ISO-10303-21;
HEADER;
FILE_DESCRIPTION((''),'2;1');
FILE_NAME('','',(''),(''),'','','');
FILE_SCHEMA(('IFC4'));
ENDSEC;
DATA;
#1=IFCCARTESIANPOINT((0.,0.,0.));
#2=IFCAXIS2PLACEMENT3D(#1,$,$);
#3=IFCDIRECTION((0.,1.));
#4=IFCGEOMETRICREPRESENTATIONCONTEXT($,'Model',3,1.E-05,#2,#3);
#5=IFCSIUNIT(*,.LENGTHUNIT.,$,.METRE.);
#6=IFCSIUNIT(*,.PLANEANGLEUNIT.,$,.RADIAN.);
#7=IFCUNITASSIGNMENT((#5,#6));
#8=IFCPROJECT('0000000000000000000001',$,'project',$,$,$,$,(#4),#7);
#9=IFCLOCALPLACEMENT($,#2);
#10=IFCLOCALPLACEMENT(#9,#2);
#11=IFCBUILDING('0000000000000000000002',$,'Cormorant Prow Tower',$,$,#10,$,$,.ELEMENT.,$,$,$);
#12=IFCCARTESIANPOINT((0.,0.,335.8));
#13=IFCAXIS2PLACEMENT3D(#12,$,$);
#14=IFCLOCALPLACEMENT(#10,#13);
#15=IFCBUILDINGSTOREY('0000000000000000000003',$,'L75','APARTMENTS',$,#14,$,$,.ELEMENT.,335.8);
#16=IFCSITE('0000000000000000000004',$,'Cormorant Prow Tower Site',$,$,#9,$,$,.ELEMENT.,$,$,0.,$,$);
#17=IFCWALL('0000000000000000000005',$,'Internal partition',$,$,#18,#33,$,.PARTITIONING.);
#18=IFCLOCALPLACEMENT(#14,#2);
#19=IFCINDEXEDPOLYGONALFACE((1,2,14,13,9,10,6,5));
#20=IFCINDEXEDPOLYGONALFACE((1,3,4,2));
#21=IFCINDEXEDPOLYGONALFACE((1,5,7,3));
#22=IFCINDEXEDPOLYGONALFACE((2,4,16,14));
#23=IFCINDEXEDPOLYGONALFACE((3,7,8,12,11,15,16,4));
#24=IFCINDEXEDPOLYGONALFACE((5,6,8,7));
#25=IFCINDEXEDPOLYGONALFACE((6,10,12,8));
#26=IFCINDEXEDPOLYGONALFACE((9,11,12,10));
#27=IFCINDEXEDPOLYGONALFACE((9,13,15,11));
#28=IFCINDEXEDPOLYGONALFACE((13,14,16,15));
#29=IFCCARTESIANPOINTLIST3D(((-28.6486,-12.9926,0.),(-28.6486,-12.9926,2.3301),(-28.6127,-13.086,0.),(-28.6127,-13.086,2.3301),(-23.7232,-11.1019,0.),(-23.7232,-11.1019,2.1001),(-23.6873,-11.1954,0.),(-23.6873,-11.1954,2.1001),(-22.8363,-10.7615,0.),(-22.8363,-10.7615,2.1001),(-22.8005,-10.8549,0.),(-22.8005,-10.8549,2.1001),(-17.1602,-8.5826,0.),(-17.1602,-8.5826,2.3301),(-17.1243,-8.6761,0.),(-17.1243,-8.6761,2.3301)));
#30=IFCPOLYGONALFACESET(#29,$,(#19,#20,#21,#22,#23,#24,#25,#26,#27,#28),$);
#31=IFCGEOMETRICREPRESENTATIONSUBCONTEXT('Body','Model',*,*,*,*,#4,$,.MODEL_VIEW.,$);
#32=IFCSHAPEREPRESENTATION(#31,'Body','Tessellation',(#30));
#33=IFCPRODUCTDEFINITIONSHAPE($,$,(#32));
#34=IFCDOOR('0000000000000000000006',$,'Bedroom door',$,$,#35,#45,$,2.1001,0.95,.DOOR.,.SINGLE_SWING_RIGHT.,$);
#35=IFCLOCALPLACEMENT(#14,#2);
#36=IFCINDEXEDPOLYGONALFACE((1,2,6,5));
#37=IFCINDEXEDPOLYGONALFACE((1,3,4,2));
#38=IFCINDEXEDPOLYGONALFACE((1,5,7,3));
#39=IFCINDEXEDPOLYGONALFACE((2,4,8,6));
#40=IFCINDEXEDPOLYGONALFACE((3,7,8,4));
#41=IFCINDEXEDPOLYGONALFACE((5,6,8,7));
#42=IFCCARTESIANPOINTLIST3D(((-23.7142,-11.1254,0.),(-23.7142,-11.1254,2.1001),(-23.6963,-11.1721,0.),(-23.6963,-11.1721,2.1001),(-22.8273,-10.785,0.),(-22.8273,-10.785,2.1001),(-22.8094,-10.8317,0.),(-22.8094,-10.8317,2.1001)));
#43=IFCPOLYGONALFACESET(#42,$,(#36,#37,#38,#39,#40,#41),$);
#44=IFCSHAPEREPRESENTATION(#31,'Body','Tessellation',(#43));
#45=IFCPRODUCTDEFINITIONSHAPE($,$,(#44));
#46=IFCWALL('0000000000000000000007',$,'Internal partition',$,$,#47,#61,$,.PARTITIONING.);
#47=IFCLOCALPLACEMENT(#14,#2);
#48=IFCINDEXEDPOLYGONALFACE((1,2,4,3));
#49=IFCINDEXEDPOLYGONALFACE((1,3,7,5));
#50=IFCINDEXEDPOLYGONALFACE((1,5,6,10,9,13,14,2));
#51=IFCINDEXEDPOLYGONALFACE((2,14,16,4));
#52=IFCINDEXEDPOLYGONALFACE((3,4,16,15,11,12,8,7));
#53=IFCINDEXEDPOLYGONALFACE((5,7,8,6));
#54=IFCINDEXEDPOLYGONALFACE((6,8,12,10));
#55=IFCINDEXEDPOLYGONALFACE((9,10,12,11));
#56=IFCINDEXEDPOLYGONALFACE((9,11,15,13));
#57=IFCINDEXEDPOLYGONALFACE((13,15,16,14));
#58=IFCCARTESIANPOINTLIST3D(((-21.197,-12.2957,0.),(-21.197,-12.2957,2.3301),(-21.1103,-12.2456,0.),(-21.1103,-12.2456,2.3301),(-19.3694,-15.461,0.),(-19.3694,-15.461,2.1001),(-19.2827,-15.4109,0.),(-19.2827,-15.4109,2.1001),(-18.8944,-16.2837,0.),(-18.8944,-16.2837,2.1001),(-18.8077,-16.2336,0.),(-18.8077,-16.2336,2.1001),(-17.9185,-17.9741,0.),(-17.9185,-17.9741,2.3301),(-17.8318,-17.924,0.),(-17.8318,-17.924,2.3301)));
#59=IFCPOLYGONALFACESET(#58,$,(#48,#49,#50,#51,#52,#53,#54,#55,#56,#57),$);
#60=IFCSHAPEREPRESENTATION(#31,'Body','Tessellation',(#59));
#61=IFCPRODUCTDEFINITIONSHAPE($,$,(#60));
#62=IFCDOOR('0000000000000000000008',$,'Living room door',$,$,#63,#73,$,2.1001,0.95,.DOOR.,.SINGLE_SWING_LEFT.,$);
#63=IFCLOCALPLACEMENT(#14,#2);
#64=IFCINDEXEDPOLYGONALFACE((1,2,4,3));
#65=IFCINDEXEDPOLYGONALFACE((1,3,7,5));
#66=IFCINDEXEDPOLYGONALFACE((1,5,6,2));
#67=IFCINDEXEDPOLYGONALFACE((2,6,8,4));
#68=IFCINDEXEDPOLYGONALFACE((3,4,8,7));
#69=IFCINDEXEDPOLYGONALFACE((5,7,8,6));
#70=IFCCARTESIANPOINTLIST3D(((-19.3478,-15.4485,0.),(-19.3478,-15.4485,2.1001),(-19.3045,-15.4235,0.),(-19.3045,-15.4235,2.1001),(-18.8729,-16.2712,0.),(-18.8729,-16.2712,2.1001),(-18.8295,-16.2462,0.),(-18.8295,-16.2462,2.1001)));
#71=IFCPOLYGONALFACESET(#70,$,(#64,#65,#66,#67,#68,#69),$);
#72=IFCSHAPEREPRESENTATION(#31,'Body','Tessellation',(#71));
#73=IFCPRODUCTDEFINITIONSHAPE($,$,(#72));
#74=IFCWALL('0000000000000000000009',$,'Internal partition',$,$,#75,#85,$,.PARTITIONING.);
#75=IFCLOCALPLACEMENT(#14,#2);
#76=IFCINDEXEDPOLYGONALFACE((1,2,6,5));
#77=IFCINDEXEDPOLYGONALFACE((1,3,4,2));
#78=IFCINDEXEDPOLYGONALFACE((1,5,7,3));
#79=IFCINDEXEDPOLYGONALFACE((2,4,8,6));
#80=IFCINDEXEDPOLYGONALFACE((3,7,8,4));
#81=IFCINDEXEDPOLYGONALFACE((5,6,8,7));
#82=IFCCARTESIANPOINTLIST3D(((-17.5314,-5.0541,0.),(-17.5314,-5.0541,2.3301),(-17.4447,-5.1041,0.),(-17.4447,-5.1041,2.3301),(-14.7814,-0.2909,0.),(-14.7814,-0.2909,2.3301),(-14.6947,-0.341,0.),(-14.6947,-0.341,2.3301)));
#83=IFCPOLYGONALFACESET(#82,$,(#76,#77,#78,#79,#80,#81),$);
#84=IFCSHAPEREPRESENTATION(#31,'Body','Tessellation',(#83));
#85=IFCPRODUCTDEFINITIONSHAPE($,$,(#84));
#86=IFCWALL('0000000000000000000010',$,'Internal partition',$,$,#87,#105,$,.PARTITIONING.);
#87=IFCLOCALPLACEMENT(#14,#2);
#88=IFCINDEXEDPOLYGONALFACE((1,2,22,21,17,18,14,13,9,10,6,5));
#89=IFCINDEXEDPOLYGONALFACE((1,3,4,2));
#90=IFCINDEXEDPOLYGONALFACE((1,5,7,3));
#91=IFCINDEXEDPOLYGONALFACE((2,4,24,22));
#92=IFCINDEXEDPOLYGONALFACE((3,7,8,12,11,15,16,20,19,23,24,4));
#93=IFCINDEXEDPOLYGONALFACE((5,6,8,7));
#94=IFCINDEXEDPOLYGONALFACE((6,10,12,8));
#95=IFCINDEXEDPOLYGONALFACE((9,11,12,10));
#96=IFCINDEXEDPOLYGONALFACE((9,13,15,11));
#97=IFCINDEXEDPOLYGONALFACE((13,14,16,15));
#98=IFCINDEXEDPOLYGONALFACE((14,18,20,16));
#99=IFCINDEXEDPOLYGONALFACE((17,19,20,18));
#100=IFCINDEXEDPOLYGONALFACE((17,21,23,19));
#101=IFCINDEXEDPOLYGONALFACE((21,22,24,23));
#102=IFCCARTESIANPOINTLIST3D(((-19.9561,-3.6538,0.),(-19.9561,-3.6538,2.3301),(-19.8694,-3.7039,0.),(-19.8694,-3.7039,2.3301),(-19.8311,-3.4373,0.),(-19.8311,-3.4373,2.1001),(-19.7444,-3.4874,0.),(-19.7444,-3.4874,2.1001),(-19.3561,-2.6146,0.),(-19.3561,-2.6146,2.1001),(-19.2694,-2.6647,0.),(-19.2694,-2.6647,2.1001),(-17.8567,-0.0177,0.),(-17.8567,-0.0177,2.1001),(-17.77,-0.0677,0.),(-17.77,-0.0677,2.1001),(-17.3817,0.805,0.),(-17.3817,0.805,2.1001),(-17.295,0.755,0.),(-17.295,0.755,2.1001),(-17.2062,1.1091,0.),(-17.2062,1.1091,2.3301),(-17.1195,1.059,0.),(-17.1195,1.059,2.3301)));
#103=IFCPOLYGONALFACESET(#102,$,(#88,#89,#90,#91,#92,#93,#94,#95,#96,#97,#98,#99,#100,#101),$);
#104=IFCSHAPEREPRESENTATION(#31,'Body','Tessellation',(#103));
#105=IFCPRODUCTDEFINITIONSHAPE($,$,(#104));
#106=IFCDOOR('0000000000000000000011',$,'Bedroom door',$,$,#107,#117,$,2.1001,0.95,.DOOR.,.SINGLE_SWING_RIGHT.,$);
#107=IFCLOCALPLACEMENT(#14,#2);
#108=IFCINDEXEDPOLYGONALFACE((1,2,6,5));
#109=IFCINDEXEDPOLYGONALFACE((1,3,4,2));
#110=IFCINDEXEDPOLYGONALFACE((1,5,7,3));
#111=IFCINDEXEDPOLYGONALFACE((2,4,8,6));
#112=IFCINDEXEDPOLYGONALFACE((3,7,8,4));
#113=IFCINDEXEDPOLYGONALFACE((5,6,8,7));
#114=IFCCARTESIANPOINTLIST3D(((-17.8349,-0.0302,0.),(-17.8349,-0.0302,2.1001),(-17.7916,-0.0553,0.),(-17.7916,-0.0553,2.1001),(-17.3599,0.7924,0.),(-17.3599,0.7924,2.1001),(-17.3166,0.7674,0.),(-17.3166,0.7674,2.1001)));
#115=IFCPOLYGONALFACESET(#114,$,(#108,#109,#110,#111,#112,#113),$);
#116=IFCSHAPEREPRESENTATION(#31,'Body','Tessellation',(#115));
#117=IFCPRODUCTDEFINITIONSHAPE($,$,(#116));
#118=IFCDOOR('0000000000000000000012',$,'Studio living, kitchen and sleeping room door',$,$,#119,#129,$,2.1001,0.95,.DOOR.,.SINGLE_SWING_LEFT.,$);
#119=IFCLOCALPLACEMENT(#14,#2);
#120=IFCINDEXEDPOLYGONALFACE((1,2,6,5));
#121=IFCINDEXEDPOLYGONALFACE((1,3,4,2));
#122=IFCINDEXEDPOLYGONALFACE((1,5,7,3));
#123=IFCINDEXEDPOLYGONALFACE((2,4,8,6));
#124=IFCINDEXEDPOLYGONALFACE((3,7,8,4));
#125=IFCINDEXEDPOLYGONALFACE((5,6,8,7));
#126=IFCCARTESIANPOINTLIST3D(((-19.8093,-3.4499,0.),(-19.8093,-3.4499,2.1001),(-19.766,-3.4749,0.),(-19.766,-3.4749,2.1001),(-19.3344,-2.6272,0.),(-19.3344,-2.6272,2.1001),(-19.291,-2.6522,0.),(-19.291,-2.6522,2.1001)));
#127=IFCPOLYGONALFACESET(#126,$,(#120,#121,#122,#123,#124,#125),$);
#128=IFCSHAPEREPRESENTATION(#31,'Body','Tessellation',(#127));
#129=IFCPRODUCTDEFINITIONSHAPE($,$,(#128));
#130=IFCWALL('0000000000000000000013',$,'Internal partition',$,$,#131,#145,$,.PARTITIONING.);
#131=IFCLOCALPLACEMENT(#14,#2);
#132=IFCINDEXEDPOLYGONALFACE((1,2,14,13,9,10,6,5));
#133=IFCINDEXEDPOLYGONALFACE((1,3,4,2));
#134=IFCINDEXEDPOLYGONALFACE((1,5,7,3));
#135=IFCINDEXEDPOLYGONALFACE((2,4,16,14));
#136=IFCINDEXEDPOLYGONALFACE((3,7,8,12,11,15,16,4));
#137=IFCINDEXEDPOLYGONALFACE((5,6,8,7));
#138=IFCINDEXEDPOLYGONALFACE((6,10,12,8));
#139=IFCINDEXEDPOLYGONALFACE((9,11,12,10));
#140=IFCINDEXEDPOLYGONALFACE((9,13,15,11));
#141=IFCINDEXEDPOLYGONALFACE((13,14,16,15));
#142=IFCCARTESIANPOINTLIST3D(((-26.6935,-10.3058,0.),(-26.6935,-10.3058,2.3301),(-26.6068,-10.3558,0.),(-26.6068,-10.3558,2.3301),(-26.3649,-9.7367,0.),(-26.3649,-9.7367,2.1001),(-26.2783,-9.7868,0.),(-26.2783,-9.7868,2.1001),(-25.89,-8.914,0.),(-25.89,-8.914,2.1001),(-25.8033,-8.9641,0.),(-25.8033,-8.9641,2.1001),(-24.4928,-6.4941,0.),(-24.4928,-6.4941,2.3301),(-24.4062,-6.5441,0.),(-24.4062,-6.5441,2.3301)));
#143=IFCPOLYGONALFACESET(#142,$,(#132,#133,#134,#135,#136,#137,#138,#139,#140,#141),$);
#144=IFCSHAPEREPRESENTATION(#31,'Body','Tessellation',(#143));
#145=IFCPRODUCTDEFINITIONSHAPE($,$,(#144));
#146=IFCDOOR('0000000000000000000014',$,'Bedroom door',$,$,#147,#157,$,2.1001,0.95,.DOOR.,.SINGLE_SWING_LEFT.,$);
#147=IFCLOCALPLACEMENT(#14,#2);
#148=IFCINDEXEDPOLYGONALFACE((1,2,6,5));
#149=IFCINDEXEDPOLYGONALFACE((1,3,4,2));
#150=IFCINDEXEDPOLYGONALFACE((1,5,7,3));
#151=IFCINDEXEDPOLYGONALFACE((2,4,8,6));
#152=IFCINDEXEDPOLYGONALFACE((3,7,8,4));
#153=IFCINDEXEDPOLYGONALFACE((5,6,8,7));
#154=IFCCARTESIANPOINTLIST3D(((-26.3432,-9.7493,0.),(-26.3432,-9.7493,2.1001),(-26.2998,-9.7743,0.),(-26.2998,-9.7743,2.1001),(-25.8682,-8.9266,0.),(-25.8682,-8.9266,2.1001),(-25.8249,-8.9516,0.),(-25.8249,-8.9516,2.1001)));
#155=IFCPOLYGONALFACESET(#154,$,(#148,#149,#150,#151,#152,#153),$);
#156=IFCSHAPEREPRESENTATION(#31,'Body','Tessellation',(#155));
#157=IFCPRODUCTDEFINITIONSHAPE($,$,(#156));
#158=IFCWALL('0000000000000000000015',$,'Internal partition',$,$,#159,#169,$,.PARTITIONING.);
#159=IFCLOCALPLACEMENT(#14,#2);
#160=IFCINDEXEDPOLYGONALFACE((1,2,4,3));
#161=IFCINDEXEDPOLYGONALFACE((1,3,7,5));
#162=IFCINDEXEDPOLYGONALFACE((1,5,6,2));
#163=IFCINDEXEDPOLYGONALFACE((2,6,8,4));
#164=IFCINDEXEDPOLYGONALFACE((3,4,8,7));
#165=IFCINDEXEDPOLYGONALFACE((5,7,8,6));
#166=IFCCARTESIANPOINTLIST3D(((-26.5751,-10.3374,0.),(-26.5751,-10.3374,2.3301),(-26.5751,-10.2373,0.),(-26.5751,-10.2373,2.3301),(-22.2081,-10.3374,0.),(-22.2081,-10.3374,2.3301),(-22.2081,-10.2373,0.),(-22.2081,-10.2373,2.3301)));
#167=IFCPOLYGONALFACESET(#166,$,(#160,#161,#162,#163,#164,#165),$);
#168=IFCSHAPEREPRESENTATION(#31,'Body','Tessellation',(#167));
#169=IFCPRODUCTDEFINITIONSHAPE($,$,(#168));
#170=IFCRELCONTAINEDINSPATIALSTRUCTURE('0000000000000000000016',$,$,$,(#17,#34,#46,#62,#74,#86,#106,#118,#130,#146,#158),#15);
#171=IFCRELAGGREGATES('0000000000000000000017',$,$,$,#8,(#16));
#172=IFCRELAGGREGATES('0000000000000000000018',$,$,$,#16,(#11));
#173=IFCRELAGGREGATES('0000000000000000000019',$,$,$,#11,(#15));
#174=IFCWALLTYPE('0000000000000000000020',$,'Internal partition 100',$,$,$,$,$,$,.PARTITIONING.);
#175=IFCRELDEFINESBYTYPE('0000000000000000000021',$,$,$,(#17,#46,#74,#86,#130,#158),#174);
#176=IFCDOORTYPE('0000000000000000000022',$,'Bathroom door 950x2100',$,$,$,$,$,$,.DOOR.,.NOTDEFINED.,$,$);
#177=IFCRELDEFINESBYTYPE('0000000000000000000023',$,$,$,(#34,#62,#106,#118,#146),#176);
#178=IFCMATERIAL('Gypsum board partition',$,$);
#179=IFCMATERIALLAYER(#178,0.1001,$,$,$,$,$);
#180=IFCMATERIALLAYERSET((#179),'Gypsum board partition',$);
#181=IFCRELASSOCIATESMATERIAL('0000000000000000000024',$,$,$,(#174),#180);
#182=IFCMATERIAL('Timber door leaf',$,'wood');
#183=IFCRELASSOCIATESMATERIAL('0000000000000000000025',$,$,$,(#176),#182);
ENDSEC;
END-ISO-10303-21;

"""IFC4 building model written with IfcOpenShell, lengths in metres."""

from ifc_helpers import new_model, si_unit, direction, frame, frame_2d, origin, place, context, subcontext, project, spatial, rectangle, extrude, material, layer, layer_set, type_object, element, fill, save


model = new_model("IFC4")

# Units and contexts
model_context = context("Model", 3, precision=1e-05, world=origin(), true_north=direction((0.0, 1.0)))
body_context = subcontext(model_context, "Body", "Model", "MODEL_VIEW")
ifc_project = project(units=[si_unit("LENGTHUNIT", "METRE"), si_unit("PLANEANGLEUNIT", "RADIAN")], contexts=[model_context])

# Site, building, storey
site_placement = place(None, origin())
site = spatial("IfcSite", under=ifc_project, at=site_placement, Name="Cormorant Prow Tower Site", CompositionType="ELEMENT", RefElevation=0.0)
building_placement = place(site_placement, origin())
building = spatial("IfcBuilding", under=site, at=building_placement, Name="Cormorant Prow Tower", CompositionType="ELEMENT")
storey_placement = place(building_placement, frame((0.0, 0.0, 335.8)))
storey = spatial("IfcBuildingStorey", under=building, at=storey_placement, Name="L75", Description="APARTMENTS", CompositionType="ELEMENT", Elevation=335.8)

# Walls, openings, doors
ifc_material_1 = material(Name="Gypsum board partition")
ifc_layer_1 = layer(ifc_material_1, 0.1001)
ifc_layer_set_1 = layer_set([ifc_layer_1], Name="Gypsum board partition")
wall_type_1 = type_object("IfcWallType", Name="Internal partition 100", PredefinedType="PARTITIONING", material=ifc_layer_set_1)
wall_1_placement = place(storey_placement, frame((-28.6306, -13.0393, 0.0), z_axis=(0.0, 0.0, 1.0), x_axis=(0.933581, 0.358366, 0.0)))
wall_1 = element("IfcWall", 1, at=wall_1_placement, inside=storey, type_object=wall_type_1, Name="Internal partition", PredefinedType="PARTITIONING", context=body_context, shape_type="SweptSolid", body=[
    extrude(rectangle(XDim=12.3057, YDim=0.1001, at=frame_2d((6.1528, 0.0))), origin(), (0.0, 0.0, 1.0), 2.3301),
])
opening_1_placement = place(wall_1_placement, frame((5.2756, 0.0, 0.0)))
opening_1 = element("IfcOpeningElement", 2, at=opening_1_placement, cuts=wall_1, PredefinedType="OPENING", context=body_context, shape_type="SweptSolid", body=[
    extrude(rectangle(XDim=0.95, YDim=2.1001, at=frame_2d((0.4751, 1.05))), frame((0.0, 0.0601, 0.0), z_axis=(0.0, -1.0, 0.0), x_axis=(1.0, 0.0, 0.0)), (0.0, 0.0, 1.0), 0.1201),
])
ifc_material_2 = material(Name="Timber door leaf", Category="wood")
door_type_1 = type_object("IfcDoorType", Name="Bathroom door 950x2100", OperationType="NOTDEFINED", PredefinedType="DOOR", material=ifc_material_2)
door_1_placement = place(opening_1_placement, origin())
door_1 = element("IfcDoor", 3, at=door_1_placement, inside=storey, type_object=door_type_1, Name="Bedroom door", OperationType="SINGLE_SWING_RIGHT", OverallHeight=2.1001, OverallWidth=0.95, PredefinedType="DOOR", context=body_context, shape_type="SweptSolid", body=[
    extrude(rectangle(XDim=0.95, YDim=2.1001, at=frame_2d((0.4751, 1.05))), frame((0.0, 0.0249, 0.0), z_axis=(0.0, -1.0, 0.0), x_axis=(1.0, 0.0, 0.0)), (0.0, 0.0, 1.0), 0.05),
])
fill(opening_1, door_1)
wall_2_placement = place(storey_placement, frame((-21.1536, -12.2708, 0.0), z_axis=(0.0, 0.0, 1.0), x_axis=(0.500011, -0.866019, 0.0)))
wall_2 = element("IfcWall", 4, at=wall_2_placement, inside=storey, type_object=wall_type_1, Name="Internal partition", PredefinedType="PARTITIONING", context=body_context, shape_type="SweptSolid", body=[
    extrude(rectangle(XDim=6.5569, YDim=0.1001, at=frame_2d((3.2783, 0.0))), origin(), (0.0, 0.0, 1.0), 2.3301),
])
opening_2_placement = place(wall_2_placement, frame((3.6548, 0.0, 0.0)))
opening_2 = element("IfcOpeningElement", 5, at=opening_2_placement, cuts=wall_2, PredefinedType="OPENING", context=body_context, shape_type="SweptSolid", body=[
    extrude(rectangle(XDim=0.95, YDim=2.1001, at=frame_2d((0.4751, 1.05))), frame((0.0, 0.0601, 0.0), z_axis=(0.0, -1.0, 0.0), x_axis=(1.0, 0.0, 0.0)), (0.0, 0.0, 1.0), 0.1201),
])
door_2_placement = place(opening_2_placement, origin())
door_2 = element("IfcDoor", 6, at=door_2_placement, inside=storey, type_object=door_type_1, Name="Living room door", OperationType="SINGLE_SWING_LEFT", OverallHeight=2.1001, OverallWidth=0.95, PredefinedType="DOOR", context=body_context, shape_type="SweptSolid", body=[
    extrude(rectangle(XDim=0.95, YDim=2.1001, at=frame_2d((0.4751, 1.05))), frame((0.0, 0.0249, 0.0), z_axis=(0.0, -1.0, 0.0), x_axis=(1.0, 0.0, 0.0)), (0.0, 0.0, 1.0), 0.05),
])
fill(opening_2, door_2)

# Wall
wall_3_placement = place(storey_placement, frame((-17.488, -5.0791, 0.0), z_axis=(0.0, 0.0, 1.0), x_axis=(0.499997, 0.866027, 0.0)))
element("IfcWall", 7, at=wall_3_placement, inside=storey, type_object=wall_type_1, Name="Internal partition", PredefinedType="PARTITIONING", context=body_context, shape_type="SweptSolid", body=[
    extrude(rectangle(XDim=5.5, YDim=0.1001, at=frame_2d((2.75, 0.0))), origin(), (0.0, 0.0, 1.0), 2.3301),
])

# Wall, openings, doors
wall_4_placement = place(storey_placement, frame((-19.9128, -3.679, 0.0), z_axis=(0.0, 0.0, 1.0), x_axis=(0.500016, 0.866016, 0.0)))
wall_4 = element("IfcWall", 8, at=wall_4_placement, inside=storey, type_object=wall_type_1, Name="Internal partition", PredefinedType="PARTITIONING", context=body_context, shape_type="SweptSolid", body=[
    extrude(rectangle(XDim=5.4998, YDim=0.1001, at=frame_2d((2.75, 0.0))), origin(), (0.0, 0.0, 1.0), 2.3301),
])
opening_3_placement = place(wall_4_placement, frame((4.1987, 0.0, 0.0)))
opening_3 = element("IfcOpeningElement", 9, at=opening_3_placement, cuts=wall_4, PredefinedType="OPENING", context=body_context, shape_type="SweptSolid", body=[
    extrude(rectangle(XDim=0.95, YDim=2.1001, at=frame_2d((0.4751, 1.05))), frame((0.0, 0.0601, 0.0), z_axis=(0.0, -1.0, 0.0), x_axis=(1.0, 0.0, 0.0)), (0.0, 0.0, 1.0), 0.1201),
])
opening_4_placement = place(wall_4_placement, frame((0.25, 0.0, 0.0)))
opening_4 = element("IfcOpeningElement", 10, at=opening_4_placement, cuts=wall_4, PredefinedType="OPENING", context=body_context, shape_type="SweptSolid", body=[
    extrude(rectangle(XDim=0.95, YDim=2.1001, at=frame_2d((0.4751, 1.05))), frame((0.0, 0.0601, 0.0), z_axis=(0.0, -1.0, 0.0), x_axis=(1.0, 0.0, 0.0)), (0.0, 0.0, 1.0), 0.1201),
])
door_3_placement = place(opening_3_placement, origin())
door_3 = element("IfcDoor", 11, at=door_3_placement, inside=storey, type_object=door_type_1, Name="Bedroom door", OperationType="SINGLE_SWING_RIGHT", OverallHeight=2.1001, OverallWidth=0.95, PredefinedType="DOOR", context=body_context, shape_type="SweptSolid", body=[
    extrude(rectangle(XDim=0.95, YDim=2.1001, at=frame_2d((0.4751, 1.05))), frame((0.0, 0.0249, 0.0), z_axis=(0.0, -1.0, 0.0), x_axis=(1.0, 0.0, 0.0)), (0.0, 0.0, 1.0), 0.05),
])
fill(opening_3, door_3)
door_4_placement = place(opening_4_placement, origin())
door_4 = element("IfcDoor", 12, at=door_4_placement, inside=storey, type_object=door_type_1, Name="Studio living, kitchen and sleeping room door", OperationType="SINGLE_SWING_LEFT", OverallHeight=2.1001, OverallWidth=0.95, PredefinedType="DOOR", context=body_context, shape_type="SweptSolid", body=[
    extrude(rectangle(XDim=0.95, YDim=2.1001, at=frame_2d((0.4751, 1.05))), frame((0.0, 0.0249, 0.0), z_axis=(0.0, -1.0, 0.0), x_axis=(1.0, 0.0, 0.0)), (0.0, 0.0, 1.0), 0.05),
])
fill(opening_4, door_4)

# Wall, opening, door
wall_5_placement = place(storey_placement, frame((-26.6501, -10.3308, 0.0), z_axis=(0.0, 0.0, 1.0), x_axis=(0.499993, 0.866029, 0.0)))
wall_5 = element("IfcWall", 13, at=wall_5_placement, inside=storey, type_object=wall_type_1, Name="Internal partition", PredefinedType="PARTITIONING", context=body_context, shape_type="SweptSolid", body=[
    extrude(rectangle(XDim=4.4014, YDim=0.1001, at=frame_2d((2.2007, 0.0))), origin(), (0.0, 0.0, 1.0), 2.3301),
])
opening_5_placement = place(wall_5_placement, frame((0.657, 0.0, 0.0)))
opening_5 = element("IfcOpeningElement", 14, at=opening_5_placement, cuts=wall_5, PredefinedType="OPENING", context=body_context, shape_type="SweptSolid", body=[
    extrude(rectangle(XDim=0.95, YDim=2.1001, at=frame_2d((0.4751, 1.05))), frame((0.0, 0.0601, 0.0), z_axis=(0.0, -1.0, 0.0), x_axis=(1.0, 0.0, 0.0)), (0.0, 0.0, 1.0), 0.1201),
])
door_5_placement = place(opening_5_placement, origin())
door_5 = element("IfcDoor", 15, at=door_5_placement, inside=storey, type_object=door_type_1, Name="Bedroom door", OperationType="SINGLE_SWING_LEFT", OverallHeight=2.1001, OverallWidth=0.95, PredefinedType="DOOR", context=body_context, shape_type="SweptSolid", body=[
    extrude(rectangle(XDim=0.95, YDim=2.1001, at=frame_2d((0.4751, 1.05))), frame((0.0, 0.0249, 0.0), z_axis=(0.0, -1.0, 0.0), x_axis=(1.0, 0.0, 0.0)), (0.0, 0.0, 1.0), 0.05),
])
fill(opening_5, door_5)

# Wall
wall_6_placement = place(storey_placement, frame((-26.5752, -10.2874, 0.0), z_axis=(0.0, 0.0, 1.0), x_axis=(1.0, 0.0, 0.0)))
element("IfcWall", 16, at=wall_6_placement, inside=storey, type_object=wall_type_1, Name="Internal partition", PredefinedType="PARTITIONING", context=body_context, shape_type="SweptSolid", body=[
    extrude(rectangle(XDim=4.3669, YDim=0.1001, at=frame_2d((2.1836, 0.0))), origin(), (0.0, 0.0, 1.0), 2.3301),
])

save(model, "model.ifc")
